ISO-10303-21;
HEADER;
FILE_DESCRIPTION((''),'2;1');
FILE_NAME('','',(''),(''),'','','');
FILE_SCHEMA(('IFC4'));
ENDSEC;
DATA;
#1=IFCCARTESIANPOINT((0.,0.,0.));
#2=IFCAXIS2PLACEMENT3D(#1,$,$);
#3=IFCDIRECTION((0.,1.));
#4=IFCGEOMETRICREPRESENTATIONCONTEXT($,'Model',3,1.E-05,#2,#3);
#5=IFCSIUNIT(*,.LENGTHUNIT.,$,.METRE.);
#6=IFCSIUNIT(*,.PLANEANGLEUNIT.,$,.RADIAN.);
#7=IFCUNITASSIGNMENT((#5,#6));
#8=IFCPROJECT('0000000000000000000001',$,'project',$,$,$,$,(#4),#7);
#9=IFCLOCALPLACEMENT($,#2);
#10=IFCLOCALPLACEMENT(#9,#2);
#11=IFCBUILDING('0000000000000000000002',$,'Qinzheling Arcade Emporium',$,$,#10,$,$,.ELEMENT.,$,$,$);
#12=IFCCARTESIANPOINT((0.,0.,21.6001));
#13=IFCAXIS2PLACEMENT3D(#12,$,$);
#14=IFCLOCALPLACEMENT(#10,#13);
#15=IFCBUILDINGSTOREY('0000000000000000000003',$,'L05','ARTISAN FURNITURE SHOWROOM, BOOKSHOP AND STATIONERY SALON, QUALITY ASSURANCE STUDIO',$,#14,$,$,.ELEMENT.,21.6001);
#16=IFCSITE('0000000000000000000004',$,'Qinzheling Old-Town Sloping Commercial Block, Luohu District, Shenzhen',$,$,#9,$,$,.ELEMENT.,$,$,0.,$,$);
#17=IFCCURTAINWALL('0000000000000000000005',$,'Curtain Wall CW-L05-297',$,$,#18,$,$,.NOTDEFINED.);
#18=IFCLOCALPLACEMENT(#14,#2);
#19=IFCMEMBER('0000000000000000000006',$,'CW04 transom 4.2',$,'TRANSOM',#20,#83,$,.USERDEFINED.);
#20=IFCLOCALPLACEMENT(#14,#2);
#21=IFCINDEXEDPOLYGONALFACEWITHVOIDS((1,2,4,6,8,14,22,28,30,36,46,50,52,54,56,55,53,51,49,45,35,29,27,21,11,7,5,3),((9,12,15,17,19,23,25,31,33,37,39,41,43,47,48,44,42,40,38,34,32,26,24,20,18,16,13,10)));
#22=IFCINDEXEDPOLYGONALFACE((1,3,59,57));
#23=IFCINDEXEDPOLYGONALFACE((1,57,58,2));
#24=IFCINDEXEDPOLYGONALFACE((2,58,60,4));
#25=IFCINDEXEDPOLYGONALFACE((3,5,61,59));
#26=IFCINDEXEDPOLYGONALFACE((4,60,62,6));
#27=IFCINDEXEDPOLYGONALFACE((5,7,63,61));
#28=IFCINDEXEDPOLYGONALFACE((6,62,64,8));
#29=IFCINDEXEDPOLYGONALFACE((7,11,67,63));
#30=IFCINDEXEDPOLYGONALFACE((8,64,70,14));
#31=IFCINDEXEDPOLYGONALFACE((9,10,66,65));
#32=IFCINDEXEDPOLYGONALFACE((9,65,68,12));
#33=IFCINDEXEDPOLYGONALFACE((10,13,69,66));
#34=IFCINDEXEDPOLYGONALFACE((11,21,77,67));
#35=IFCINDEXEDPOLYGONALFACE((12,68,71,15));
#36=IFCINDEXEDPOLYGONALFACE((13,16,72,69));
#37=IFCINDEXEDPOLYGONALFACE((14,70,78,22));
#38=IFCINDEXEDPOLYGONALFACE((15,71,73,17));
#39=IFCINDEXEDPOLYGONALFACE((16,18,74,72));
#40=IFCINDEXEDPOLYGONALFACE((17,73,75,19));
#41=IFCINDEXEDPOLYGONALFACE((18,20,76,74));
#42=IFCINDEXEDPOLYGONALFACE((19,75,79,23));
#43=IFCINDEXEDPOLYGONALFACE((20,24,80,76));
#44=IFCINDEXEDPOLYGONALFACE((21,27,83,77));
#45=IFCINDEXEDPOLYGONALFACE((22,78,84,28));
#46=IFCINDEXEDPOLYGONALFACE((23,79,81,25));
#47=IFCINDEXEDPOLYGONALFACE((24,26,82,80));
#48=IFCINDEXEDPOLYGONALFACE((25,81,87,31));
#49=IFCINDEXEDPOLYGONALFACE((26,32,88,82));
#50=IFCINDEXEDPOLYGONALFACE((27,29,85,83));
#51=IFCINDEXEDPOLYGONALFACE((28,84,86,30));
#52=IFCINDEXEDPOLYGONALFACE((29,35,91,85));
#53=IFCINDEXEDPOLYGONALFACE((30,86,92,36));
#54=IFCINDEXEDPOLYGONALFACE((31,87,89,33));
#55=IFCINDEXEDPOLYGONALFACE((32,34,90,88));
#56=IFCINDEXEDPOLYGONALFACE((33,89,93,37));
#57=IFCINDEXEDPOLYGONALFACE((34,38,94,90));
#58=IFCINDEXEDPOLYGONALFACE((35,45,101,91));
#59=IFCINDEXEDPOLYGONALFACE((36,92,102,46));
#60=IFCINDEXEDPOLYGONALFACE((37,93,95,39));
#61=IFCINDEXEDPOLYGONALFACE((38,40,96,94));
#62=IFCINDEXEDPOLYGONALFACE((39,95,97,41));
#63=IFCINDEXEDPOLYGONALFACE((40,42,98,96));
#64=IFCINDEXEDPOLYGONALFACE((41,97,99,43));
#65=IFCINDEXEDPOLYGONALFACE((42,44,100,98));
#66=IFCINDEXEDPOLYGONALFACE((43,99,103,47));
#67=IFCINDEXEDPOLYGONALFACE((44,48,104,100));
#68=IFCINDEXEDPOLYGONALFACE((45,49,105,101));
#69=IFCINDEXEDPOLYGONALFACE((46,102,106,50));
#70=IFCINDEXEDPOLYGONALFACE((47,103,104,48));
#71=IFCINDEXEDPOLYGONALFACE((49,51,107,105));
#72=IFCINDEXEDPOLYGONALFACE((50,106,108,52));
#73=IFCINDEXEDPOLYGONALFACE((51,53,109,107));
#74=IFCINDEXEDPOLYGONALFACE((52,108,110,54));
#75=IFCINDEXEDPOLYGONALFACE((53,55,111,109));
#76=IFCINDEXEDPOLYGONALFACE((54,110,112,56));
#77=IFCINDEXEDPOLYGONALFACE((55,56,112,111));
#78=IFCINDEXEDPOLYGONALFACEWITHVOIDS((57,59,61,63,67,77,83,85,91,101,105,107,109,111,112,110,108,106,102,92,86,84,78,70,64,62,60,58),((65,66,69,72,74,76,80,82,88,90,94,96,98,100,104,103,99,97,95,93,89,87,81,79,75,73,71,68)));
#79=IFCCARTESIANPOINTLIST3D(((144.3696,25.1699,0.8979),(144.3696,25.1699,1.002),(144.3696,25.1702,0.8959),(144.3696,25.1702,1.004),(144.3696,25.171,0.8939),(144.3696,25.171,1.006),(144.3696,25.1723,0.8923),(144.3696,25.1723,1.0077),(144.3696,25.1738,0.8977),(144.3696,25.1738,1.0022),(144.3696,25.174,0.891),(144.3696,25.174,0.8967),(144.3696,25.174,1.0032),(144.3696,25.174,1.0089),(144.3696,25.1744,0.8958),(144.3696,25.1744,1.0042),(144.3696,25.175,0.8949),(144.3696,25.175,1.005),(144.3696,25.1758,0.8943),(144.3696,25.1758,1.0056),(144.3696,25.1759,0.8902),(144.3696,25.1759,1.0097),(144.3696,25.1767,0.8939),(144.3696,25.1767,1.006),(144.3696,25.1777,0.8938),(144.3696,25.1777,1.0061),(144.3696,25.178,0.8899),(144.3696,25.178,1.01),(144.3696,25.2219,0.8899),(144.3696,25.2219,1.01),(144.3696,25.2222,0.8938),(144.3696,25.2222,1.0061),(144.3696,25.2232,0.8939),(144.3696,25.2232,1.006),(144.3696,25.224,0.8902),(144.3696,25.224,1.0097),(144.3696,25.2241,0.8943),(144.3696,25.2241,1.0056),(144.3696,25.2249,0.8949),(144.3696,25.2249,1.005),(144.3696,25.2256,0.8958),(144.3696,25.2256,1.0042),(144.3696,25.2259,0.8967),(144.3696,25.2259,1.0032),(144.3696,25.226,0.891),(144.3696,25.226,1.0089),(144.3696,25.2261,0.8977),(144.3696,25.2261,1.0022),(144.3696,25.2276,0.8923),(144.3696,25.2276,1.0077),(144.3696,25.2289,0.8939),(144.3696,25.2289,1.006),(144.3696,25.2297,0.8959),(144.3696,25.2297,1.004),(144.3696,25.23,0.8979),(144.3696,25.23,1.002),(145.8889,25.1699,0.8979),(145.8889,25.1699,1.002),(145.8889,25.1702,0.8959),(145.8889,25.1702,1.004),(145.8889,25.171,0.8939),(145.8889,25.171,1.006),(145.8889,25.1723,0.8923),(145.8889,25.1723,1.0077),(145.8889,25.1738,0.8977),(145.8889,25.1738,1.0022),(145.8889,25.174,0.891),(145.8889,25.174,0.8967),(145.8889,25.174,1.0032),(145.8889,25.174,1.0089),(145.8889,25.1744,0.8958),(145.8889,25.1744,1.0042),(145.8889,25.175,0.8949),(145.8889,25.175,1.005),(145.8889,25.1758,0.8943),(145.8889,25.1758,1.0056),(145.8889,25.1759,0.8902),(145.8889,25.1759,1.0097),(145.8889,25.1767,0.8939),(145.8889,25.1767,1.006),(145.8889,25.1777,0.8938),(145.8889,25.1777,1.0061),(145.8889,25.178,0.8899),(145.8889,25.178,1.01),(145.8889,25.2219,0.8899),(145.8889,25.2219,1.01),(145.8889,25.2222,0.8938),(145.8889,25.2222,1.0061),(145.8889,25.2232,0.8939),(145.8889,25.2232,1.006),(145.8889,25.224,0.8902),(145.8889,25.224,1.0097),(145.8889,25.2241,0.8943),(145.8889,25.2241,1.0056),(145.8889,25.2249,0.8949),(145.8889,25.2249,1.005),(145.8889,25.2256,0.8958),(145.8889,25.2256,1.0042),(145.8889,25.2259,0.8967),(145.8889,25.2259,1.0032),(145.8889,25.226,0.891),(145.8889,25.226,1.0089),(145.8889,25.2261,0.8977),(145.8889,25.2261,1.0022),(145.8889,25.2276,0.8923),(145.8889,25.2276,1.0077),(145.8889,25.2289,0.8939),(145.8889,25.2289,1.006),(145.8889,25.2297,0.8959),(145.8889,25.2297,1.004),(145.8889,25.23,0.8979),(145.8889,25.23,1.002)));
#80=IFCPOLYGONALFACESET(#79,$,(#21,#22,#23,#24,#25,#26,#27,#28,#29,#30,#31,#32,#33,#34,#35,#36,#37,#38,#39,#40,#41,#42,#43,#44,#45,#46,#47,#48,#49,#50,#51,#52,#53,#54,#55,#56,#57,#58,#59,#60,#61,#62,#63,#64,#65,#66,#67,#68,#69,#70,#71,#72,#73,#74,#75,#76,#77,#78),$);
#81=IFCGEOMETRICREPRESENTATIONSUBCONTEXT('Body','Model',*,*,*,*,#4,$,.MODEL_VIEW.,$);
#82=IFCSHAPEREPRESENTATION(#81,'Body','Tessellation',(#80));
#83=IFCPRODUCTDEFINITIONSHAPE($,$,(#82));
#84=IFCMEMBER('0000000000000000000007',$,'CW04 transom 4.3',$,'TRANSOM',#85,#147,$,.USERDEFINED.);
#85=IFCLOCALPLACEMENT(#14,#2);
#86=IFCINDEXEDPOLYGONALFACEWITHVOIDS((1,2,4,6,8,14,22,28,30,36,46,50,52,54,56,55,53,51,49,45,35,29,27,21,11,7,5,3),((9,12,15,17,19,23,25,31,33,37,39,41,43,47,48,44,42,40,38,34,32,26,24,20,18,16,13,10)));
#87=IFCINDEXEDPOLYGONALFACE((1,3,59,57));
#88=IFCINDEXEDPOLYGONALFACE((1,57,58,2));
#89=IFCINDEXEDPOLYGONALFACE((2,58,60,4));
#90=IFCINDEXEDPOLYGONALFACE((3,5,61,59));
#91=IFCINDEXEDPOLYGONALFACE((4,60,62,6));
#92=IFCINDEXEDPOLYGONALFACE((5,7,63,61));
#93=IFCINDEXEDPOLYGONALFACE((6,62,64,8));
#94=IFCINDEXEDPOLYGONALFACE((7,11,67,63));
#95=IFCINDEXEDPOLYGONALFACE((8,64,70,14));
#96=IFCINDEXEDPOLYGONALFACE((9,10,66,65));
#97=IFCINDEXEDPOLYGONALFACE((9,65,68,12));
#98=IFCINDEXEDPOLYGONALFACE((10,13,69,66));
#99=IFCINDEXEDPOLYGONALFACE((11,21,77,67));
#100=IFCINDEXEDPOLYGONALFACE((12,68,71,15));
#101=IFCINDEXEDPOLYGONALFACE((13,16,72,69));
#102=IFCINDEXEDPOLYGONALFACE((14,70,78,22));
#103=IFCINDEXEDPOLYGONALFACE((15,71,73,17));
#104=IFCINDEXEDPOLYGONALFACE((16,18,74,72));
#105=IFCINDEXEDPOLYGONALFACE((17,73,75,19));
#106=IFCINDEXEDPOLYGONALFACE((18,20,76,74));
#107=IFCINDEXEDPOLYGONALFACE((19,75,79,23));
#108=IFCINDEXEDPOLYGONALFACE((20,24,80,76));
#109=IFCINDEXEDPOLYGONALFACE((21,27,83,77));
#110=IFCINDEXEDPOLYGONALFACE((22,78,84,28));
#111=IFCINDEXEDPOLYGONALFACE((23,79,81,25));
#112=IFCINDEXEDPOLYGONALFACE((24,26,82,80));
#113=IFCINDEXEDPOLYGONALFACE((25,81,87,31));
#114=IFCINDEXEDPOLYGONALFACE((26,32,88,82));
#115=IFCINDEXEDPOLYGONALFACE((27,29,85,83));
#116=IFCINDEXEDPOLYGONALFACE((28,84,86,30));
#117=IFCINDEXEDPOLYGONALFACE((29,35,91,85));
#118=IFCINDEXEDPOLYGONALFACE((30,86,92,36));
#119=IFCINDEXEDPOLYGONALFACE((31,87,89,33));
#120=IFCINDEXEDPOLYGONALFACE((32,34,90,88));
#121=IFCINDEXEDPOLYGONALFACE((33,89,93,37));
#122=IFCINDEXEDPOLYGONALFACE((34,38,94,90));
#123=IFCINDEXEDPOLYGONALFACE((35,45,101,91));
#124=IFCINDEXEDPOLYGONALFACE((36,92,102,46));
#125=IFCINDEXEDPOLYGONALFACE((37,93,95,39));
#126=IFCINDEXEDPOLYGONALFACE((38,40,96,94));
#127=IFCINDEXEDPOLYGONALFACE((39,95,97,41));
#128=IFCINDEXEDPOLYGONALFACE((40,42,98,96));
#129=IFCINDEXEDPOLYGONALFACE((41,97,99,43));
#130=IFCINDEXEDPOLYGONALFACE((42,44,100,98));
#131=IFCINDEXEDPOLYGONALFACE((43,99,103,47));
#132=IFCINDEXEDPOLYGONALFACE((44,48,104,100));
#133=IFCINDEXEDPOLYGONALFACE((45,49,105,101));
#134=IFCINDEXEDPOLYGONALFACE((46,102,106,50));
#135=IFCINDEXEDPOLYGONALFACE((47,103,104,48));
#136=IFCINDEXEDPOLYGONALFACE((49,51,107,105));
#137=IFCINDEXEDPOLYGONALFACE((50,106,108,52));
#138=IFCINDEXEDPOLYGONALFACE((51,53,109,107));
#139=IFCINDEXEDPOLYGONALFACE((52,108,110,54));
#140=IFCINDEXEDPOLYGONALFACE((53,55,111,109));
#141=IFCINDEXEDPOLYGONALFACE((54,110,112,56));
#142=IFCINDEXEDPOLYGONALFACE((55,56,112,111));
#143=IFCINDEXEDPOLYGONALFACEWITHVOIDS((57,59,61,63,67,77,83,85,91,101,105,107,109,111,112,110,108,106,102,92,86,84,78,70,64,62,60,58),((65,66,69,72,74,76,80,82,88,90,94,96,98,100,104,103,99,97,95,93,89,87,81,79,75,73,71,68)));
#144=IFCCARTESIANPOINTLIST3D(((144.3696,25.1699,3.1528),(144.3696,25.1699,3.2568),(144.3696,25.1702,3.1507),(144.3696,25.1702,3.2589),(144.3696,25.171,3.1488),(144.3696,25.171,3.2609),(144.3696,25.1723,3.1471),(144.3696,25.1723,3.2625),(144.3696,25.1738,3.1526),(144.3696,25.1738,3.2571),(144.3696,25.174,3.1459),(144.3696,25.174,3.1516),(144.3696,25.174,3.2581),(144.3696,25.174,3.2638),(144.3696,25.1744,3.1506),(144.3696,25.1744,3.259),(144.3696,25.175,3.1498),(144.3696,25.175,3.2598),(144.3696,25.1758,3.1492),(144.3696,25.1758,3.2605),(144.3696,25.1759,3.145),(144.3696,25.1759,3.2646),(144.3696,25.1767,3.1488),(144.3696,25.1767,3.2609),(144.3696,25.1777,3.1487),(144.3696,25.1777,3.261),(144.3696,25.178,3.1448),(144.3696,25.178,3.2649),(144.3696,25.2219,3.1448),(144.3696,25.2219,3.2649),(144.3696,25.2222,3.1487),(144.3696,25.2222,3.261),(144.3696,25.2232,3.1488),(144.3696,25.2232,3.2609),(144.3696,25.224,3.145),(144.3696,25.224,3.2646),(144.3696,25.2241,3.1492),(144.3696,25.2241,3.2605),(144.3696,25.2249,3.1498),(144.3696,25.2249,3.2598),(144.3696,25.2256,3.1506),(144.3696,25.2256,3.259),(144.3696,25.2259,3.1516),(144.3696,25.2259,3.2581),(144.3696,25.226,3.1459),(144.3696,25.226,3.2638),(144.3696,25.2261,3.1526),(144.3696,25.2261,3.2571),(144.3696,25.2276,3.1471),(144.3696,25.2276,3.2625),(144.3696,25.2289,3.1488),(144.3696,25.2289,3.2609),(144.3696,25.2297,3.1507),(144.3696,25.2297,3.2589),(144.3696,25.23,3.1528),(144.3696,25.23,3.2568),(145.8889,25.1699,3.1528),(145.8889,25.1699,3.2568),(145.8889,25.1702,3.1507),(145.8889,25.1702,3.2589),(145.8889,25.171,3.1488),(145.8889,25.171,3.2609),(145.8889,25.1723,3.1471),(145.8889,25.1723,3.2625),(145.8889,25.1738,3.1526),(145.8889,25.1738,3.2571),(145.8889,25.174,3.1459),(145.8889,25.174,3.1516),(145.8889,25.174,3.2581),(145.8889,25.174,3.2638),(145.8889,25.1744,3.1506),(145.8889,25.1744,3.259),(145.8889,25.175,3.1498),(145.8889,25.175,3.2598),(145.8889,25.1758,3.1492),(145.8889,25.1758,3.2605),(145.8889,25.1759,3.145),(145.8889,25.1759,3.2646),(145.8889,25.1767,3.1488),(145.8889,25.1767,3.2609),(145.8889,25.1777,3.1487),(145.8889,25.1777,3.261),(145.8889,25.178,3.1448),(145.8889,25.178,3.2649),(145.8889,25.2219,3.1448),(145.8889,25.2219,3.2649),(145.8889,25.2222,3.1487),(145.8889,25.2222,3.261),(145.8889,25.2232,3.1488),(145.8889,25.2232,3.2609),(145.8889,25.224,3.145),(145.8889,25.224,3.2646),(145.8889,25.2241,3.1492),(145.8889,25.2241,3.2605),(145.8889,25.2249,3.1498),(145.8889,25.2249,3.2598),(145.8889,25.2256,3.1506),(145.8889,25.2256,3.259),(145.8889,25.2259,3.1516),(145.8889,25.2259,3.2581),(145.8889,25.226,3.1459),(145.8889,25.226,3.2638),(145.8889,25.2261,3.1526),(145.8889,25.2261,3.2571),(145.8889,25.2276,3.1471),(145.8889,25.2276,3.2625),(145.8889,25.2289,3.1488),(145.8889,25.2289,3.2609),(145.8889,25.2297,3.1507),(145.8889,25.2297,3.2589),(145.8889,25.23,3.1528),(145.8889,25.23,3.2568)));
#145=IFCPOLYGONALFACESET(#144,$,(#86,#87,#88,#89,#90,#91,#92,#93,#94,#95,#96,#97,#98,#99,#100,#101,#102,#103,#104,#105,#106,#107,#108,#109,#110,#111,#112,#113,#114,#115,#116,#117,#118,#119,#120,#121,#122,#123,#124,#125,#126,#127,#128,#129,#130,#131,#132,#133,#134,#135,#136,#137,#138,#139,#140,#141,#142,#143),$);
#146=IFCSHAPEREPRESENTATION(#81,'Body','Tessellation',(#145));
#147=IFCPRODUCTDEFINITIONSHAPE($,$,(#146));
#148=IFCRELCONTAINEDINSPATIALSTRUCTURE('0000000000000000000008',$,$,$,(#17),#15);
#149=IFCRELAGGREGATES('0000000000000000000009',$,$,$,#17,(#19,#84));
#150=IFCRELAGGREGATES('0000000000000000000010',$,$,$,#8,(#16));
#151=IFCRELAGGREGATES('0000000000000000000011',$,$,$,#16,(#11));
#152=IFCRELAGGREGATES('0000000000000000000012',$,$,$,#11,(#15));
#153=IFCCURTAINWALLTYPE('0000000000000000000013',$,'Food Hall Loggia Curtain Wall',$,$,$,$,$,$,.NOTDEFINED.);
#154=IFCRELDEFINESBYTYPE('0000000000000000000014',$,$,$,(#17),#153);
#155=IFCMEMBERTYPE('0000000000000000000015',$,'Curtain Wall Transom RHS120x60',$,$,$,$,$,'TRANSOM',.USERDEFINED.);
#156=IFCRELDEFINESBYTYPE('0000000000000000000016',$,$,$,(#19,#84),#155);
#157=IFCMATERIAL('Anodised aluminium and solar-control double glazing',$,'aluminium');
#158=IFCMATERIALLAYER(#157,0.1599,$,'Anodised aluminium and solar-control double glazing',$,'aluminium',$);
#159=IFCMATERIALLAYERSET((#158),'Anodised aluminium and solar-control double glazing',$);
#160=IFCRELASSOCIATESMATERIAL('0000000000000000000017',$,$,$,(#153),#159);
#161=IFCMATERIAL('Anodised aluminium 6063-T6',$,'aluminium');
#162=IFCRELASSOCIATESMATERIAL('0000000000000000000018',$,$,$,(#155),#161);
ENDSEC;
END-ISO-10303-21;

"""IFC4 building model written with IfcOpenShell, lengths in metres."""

from ifc_helpers import new_model, si_unit, direction, frame, origin, origin_2d, place, context, subcontext, project, spatial, hollow_rectangle, extrude, material, layer, layer_set, material_profile, profile_set, type_object, element, aggregate, save


model = new_model("IFC4")

# Units and contexts
model_context = context("Model", 3, precision=1e-05, world=origin(), true_north=direction((0.0, 1.0)))
body_context = subcontext(model_context, "Body", "Model", "MODEL_VIEW")
ifc_project = project(units=[si_unit("LENGTHUNIT", "METRE"), si_unit("PLANEANGLEUNIT", "RADIAN")], contexts=[model_context])

# Site, building, storey
site_placement = place(None, origin())
site = spatial("IfcSite", under=ifc_project, at=site_placement, Name="Qinzheling Old-Town Sloping Commercial Block, Luohu District, Shenzhen", CompositionType="ELEMENT", RefElevation=0.0)
building_placement = place(site_placement, origin())
building = spatial("IfcBuilding", under=site, at=building_placement, Name="Qinzheling Arcade Emporium", CompositionType="ELEMENT")
storey_placement = place(building_placement, frame((0.0, 0.0, 21.6001)))
storey = spatial("IfcBuildingStorey", under=building, at=storey_placement, Name="L05", Description="ARTISAN FURNITURE SHOWROOM, BOOKSHOP AND STATIONERY SALON, QUALITY ASSURANCE STUDIO", CompositionType="ELEMENT", Elevation=21.6001)

# Curtain wall, members
ifc_material_1 = material(Name="Anodised aluminium and solar-control double glazing", Category="aluminium")
ifc_layer_1 = layer(ifc_material_1, 0.1599, Name="Anodised aluminium and solar-control double glazing", Category="aluminium")
ifc_layer_set_1 = layer_set([ifc_layer_1], Name="Anodised aluminium and solar-control double glazing")
curtain_wall_type = type_object("IfcCurtainWallType", Name="Food Hall Loggia Curtain Wall", PredefinedType="NOTDEFINED", material=ifc_layer_set_1)
curtain_wall_placement = place(storey_placement, origin())
curtain_wall = element("IfcCurtainWall", 1, at=curtain_wall_placement, inside=storey, type_object=curtain_wall_type, Name="Curtain Wall CW-L05-297", PredefinedType="NOTDEFINED")
ifc_material_2 = material(Name="Anodised aluminium 6063-T6", Category="aluminium")
ifc_material_profile_1 = material_profile(ifc_material_2, hollow_rectangle(XDim=0.0601, YDim=0.1201, WallThickness=0.0039, InnerFilletRadius=0.0039, OuterFilletRadius=0.0081, at=origin_2d()), Name="RHS 120x60x4", Category="aluminium")
ifc_profile_set_1 = profile_set([ifc_material_profile_1], Name="Anodised aluminium 6063-T6")
member_type_1 = type_object("IfcMemberType", Name="Curtain Wall Transom RHS120x60", ElementType="TRANSOM", PredefinedType="USERDEFINED", material=ifc_profile_set_1)
member_1_placement = place(storey_placement, frame((144.3696, 25.2, 0.95), z_axis=(1.0, 0.0, 0.0), x_axis=(0.0, 1.0, 0.0)))
member_1 = element("IfcMember", 2, at=member_1_placement, type_object=member_type_1, Name="CW04 transom 4.2", ObjectType="TRANSOM", PredefinedType="USERDEFINED", context=body_context, shape_type="SweptSolid", body=[
    extrude(hollow_rectangle(XDim=0.0601, YDim=0.1201, WallThickness=0.0039, InnerFilletRadius=0.0039, OuterFilletRadius=0.0081, at=origin_2d()), origin(), (0.0, 0.0, 1.0), 1.5193),
])
member_2_placement = place(storey_placement, frame((144.3696, 25.2, 3.2048), z_axis=(1.0, 0.0, 0.0), x_axis=(0.0, 1.0, 0.0)))
member_2 = element("IfcMember", 3, at=member_2_placement, type_object=member_type_1, Name="CW04 transom 4.3", ObjectType="TRANSOM", PredefinedType="USERDEFINED", context=body_context, shape_type="SweptSolid", body=[
    extrude(hollow_rectangle(XDim=0.0601, YDim=0.1201, WallThickness=0.0039, InnerFilletRadius=0.0039, OuterFilletRadius=0.0081, at=origin_2d()), origin(), (0.0, 0.0, 1.0), 1.5193),
])
aggregate(curtain_wall, [member_1, member_2])

save(model, "model.ifc")
